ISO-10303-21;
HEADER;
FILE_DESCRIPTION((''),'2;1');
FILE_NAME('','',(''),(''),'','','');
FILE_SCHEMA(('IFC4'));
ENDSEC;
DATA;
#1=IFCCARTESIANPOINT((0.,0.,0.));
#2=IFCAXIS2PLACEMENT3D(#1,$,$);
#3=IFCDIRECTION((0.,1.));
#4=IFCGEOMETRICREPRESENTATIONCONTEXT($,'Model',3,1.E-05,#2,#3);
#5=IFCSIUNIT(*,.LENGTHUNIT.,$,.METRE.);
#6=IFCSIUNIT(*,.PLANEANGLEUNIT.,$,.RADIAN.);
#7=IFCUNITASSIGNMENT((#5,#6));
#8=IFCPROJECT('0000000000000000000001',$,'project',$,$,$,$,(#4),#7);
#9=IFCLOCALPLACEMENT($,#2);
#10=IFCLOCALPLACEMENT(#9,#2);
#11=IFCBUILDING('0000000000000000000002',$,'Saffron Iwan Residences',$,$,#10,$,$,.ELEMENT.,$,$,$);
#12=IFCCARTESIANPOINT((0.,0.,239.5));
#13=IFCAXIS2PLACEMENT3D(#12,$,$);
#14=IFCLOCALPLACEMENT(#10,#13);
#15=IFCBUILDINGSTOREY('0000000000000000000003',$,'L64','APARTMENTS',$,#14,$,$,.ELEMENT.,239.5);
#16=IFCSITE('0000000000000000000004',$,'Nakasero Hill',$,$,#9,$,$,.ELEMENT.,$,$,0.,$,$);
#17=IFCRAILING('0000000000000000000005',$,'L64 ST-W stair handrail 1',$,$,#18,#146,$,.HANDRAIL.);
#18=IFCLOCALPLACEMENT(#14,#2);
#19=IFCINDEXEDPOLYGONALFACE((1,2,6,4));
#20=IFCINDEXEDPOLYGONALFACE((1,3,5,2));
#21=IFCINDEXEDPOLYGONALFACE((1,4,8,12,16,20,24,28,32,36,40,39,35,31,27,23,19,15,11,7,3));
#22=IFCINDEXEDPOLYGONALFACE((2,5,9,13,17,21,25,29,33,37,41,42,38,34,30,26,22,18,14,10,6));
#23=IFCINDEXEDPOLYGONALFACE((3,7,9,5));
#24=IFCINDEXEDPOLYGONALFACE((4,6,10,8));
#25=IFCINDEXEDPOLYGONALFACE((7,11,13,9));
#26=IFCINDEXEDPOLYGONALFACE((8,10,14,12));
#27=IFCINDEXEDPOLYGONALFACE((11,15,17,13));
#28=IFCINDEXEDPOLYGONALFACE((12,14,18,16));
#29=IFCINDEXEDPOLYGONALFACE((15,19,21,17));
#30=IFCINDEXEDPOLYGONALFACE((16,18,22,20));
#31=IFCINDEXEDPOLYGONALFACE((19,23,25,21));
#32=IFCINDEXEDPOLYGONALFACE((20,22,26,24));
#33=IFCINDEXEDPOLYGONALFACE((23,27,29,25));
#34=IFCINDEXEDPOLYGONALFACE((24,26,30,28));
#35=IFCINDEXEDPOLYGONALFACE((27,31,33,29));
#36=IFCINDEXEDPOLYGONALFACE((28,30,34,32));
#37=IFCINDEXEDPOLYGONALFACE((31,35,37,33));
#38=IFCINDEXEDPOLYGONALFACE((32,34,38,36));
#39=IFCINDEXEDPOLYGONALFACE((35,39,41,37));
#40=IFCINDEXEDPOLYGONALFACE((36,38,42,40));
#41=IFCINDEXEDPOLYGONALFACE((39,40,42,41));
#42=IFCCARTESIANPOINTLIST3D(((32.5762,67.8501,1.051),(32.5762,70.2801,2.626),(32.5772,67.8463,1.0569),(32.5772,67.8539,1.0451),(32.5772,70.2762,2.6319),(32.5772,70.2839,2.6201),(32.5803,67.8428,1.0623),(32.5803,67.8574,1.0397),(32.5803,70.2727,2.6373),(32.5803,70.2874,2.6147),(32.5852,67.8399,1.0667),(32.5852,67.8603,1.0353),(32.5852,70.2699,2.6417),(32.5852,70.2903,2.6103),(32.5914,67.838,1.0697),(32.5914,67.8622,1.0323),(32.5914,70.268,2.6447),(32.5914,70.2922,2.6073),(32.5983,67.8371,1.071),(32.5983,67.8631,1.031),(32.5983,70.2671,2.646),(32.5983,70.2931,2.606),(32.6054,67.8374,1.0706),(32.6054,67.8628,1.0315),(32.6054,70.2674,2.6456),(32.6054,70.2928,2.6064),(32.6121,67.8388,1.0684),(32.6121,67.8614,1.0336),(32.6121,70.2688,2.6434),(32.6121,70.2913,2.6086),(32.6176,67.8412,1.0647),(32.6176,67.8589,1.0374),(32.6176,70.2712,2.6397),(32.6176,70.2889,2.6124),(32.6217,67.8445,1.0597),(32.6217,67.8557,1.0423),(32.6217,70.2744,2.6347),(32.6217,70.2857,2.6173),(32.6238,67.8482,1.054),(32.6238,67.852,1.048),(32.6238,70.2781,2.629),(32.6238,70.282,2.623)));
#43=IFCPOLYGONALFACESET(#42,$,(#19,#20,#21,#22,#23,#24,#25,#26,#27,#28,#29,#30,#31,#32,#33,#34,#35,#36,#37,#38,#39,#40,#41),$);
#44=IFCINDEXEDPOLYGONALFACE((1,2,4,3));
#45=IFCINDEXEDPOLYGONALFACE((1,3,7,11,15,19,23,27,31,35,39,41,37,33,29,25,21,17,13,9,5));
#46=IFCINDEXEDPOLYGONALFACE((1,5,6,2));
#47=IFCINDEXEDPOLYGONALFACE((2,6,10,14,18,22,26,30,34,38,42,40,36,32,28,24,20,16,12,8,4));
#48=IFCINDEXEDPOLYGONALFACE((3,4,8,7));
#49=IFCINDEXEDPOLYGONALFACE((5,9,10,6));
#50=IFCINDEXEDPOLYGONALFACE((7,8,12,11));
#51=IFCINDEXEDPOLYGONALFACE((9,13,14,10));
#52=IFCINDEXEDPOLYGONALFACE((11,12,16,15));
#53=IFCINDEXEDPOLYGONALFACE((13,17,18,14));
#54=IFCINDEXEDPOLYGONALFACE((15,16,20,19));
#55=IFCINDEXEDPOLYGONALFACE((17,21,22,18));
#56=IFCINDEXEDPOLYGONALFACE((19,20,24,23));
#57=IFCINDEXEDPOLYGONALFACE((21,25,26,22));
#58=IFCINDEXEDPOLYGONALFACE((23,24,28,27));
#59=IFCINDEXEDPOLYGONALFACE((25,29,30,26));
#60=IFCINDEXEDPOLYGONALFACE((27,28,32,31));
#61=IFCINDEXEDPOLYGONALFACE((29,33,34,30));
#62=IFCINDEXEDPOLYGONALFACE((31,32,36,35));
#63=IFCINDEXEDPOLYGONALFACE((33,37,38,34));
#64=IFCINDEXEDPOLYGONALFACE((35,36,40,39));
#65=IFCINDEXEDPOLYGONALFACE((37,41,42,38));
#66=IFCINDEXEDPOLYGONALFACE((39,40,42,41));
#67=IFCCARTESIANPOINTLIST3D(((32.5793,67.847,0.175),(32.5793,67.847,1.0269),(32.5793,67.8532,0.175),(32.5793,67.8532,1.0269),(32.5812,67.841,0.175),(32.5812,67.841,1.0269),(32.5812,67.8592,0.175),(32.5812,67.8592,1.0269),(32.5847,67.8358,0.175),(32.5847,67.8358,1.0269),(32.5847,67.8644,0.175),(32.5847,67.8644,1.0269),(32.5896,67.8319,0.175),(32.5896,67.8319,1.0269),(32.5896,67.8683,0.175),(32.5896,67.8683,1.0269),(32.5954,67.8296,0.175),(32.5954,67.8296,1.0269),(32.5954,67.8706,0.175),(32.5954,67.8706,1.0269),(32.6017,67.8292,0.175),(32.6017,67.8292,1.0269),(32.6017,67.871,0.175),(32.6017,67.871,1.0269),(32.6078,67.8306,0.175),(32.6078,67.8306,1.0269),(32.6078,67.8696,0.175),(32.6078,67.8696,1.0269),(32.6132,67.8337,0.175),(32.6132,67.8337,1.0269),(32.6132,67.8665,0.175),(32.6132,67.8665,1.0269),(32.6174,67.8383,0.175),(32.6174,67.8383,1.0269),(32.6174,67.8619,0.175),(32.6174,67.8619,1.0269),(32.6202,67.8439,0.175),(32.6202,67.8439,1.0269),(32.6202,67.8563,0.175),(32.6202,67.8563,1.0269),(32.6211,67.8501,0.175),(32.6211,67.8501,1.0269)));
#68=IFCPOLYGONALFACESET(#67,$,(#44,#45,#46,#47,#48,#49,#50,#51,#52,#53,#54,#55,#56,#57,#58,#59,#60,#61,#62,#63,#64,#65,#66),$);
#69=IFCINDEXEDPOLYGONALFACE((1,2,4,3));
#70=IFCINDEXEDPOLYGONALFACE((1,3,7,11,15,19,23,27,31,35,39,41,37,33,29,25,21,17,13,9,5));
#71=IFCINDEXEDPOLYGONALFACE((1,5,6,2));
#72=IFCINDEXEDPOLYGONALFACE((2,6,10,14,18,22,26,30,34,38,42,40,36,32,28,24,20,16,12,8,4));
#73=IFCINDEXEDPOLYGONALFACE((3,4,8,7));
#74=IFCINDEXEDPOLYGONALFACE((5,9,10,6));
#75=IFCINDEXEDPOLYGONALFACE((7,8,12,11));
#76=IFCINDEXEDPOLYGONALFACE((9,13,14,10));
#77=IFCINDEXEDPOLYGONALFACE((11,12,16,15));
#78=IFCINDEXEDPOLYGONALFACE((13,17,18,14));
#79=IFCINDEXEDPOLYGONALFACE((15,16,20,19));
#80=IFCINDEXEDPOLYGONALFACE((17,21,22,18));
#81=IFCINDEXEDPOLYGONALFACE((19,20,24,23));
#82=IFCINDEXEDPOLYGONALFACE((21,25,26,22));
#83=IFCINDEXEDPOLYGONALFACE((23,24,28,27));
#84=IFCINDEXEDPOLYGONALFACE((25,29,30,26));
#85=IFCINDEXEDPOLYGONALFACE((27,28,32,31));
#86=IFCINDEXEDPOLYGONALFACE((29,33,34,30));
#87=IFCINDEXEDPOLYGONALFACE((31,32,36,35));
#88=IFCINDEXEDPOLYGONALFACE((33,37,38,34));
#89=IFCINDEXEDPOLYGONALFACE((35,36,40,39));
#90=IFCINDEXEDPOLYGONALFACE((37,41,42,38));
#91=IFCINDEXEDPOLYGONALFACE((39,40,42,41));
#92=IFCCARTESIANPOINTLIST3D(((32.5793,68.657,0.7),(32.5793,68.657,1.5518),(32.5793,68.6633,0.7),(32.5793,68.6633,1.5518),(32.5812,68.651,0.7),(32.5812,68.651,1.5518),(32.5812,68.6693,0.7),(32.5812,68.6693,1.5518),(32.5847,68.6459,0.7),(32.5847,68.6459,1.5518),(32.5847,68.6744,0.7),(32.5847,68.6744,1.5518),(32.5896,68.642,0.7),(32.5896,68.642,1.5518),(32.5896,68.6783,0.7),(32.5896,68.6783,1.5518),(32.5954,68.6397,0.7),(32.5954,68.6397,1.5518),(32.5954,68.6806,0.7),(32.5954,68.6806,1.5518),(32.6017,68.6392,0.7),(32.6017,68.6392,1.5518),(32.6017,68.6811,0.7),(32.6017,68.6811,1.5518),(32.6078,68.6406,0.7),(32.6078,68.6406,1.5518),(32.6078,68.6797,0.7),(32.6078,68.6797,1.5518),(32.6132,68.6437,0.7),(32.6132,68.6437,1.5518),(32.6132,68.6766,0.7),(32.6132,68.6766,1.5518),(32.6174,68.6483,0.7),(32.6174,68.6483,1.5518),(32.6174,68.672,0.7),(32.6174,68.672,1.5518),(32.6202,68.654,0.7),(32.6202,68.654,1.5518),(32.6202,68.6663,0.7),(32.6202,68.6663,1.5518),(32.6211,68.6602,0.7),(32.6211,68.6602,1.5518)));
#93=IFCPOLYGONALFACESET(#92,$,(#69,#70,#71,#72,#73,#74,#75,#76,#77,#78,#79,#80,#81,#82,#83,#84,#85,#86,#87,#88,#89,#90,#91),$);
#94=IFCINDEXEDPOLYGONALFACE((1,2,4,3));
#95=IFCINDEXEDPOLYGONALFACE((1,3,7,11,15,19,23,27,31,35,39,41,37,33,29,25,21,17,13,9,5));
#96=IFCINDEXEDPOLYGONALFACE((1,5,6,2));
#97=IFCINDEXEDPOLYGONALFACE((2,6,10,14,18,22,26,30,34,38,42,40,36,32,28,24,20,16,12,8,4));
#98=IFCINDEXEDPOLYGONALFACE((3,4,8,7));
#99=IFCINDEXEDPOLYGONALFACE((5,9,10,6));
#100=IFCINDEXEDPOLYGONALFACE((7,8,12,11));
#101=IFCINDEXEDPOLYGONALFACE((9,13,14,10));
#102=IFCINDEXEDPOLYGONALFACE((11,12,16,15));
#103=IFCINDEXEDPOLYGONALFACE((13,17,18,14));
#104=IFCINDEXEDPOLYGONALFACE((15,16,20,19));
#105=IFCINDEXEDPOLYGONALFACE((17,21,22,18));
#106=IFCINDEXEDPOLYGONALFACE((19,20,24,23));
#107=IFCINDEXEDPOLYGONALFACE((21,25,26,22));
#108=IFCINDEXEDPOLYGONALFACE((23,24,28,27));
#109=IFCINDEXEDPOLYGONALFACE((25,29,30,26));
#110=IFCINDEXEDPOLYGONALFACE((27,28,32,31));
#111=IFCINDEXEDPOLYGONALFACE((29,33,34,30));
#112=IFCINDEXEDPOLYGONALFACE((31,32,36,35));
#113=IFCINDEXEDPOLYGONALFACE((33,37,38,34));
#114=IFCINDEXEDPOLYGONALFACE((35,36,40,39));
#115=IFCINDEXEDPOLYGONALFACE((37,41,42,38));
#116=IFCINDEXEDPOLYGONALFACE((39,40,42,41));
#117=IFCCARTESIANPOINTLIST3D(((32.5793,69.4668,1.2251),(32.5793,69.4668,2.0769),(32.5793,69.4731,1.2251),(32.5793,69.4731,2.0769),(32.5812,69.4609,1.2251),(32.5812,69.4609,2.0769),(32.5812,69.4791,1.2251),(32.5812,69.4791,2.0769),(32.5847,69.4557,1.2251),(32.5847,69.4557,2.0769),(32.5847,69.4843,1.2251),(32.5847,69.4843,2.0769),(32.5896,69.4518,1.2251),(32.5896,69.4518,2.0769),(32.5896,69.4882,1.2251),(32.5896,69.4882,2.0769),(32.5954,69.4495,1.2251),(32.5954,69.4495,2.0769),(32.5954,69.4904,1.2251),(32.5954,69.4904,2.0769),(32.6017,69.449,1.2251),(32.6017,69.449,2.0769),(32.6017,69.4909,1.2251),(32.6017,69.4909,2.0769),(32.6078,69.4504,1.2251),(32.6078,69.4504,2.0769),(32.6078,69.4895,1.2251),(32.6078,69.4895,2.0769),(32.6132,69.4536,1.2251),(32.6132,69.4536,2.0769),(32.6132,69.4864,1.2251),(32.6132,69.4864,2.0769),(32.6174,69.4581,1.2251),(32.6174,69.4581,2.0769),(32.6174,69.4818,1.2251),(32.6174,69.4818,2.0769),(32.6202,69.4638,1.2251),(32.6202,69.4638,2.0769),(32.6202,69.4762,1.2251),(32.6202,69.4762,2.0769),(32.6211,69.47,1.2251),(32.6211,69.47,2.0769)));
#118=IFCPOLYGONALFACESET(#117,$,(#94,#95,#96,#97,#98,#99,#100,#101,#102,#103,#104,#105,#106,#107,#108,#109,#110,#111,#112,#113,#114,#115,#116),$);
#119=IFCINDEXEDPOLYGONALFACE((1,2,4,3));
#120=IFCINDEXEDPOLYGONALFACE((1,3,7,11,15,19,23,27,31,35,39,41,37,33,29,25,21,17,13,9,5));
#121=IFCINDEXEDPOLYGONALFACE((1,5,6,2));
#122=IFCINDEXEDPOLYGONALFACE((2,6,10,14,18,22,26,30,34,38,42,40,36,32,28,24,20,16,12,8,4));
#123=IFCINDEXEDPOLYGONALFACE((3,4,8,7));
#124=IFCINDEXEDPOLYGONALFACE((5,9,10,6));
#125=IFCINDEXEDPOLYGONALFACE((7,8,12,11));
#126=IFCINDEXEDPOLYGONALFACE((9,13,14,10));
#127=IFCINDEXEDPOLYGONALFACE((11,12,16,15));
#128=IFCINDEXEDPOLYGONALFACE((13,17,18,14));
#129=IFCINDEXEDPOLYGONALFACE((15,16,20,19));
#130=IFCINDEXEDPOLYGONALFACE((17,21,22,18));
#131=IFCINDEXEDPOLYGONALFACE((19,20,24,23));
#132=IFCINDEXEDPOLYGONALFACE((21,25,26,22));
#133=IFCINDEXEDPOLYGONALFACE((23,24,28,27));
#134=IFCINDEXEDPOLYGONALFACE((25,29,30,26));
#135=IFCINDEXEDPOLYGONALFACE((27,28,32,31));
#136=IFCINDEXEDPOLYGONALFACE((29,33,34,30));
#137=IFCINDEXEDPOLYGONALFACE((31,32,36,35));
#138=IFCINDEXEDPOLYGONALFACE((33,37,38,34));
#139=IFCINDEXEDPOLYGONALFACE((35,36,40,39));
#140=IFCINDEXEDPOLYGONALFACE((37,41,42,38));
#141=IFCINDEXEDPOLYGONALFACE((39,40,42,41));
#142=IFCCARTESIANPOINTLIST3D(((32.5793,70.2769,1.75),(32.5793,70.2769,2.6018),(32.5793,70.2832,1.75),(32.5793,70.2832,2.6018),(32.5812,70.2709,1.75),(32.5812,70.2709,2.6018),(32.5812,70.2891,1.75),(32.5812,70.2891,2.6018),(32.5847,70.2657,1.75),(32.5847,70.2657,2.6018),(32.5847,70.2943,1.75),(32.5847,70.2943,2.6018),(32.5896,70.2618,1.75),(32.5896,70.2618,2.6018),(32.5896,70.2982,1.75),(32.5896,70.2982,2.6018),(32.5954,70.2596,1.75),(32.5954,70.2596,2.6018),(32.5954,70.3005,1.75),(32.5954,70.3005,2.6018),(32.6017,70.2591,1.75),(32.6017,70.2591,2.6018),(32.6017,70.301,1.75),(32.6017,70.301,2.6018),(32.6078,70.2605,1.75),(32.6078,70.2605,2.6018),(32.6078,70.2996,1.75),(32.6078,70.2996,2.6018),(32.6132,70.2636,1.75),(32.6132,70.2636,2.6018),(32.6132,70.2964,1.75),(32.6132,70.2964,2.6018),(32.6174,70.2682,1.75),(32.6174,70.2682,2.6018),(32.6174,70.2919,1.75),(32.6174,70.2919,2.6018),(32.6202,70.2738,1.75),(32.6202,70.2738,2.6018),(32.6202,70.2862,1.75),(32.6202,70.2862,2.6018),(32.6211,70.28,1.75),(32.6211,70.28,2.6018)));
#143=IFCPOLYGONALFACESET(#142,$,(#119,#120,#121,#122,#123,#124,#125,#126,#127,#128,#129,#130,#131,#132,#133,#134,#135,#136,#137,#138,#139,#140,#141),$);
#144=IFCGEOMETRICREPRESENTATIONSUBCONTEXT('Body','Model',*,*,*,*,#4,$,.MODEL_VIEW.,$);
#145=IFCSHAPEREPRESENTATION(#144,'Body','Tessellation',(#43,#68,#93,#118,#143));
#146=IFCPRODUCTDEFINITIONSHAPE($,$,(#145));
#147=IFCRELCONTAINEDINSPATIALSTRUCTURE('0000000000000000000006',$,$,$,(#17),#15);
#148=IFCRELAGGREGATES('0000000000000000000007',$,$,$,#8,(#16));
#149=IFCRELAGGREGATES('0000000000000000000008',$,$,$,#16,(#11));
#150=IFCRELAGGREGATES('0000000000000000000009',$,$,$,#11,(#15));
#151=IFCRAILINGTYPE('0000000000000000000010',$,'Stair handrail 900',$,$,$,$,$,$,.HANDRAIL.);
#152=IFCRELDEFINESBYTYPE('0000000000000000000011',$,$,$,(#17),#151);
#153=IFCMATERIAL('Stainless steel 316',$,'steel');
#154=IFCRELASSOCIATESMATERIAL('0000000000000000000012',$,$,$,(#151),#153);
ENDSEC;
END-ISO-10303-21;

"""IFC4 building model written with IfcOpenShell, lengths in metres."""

from ifc_helpers import new_model, si_unit, direction, frame, origin, origin_2d, place, context, subcontext, project, spatial, circle, extrude, material, type_object, element, save


model = new_model("IFC4")

# Units and contexts
model_context = context("Model", 3, precision=1e-05, world=origin(), true_north=direction((0.0, 1.0)))
body_context = subcontext(model_context, "Body", "Model", "MODEL_VIEW")
ifc_project = project(units=[si_unit("LENGTHUNIT", "METRE"), si_unit("PLANEANGLEUNIT", "RADIAN")], contexts=[model_context])

# Site, building, storey
site_placement = place(None, origin())
site = spatial("IfcSite", under=ifc_project, at=site_placement, Name="Nakasero Hill", CompositionType="ELEMENT", RefElevation=0.0)
building_placement = place(site_placement, origin())
building = spatial("IfcBuilding", under=site, at=building_placement, Name="Saffron Iwan Residences", CompositionType="ELEMENT")
storey_placement = place(building_placement, frame((0.0, 0.0, 239.5)))
storey = spatial("IfcBuildingStorey", under=building, at=storey_placement, Name="L64", Description="APARTMENTS", CompositionType="ELEMENT", Elevation=239.5)

# Railing
ifc_material_1 = material(Name="Stainless steel 316", Category="steel")
railing_type = type_object("IfcRailingType", Name="Stair handrail 900", PredefinedType="HANDRAIL", material=ifc_material_1)
railing_1_placement = place(storey_placement, frame((32.6001, 67.8501, 0.175)))
element("IfcRailing", 1, at=railing_1_placement, inside=storey, type_object=railing_type, Name="L64 ST-W stair handrail 1", PredefinedType="HANDRAIL", context=body_context, shape_type="SweptSolid", body=[
    extrude(circle(Radius=0.0239, at=origin_2d()), frame((0.0, 0.0, 0.876), z_axis=(0.0, 0.839154, 0.543894), x_axis=(-1.0, 0.0, 0.0)), (0.0, 0.0, 1.0), 2.8958),
    extrude(circle(Radius=0.021, at=origin_2d()), origin(), (0.0, 0.0, 1.0), 0.8518),
    extrude(circle(Radius=0.021, at=origin_2d()), frame((0.0, 0.8101, 0.5249)), (0.0, 0.0, 1.0), 0.8518),
    extrude(circle(Radius=0.021, at=origin_2d()), frame((0.0, 1.6199, 1.05)), (0.0, 0.0, 1.0), 0.8518),
    extrude(circle(Radius=0.021, at=origin_2d()), frame((0.0, 2.4299, 1.575)), (0.0, 0.0, 1.0), 0.8518),
])

save(model, "model.ifc")
